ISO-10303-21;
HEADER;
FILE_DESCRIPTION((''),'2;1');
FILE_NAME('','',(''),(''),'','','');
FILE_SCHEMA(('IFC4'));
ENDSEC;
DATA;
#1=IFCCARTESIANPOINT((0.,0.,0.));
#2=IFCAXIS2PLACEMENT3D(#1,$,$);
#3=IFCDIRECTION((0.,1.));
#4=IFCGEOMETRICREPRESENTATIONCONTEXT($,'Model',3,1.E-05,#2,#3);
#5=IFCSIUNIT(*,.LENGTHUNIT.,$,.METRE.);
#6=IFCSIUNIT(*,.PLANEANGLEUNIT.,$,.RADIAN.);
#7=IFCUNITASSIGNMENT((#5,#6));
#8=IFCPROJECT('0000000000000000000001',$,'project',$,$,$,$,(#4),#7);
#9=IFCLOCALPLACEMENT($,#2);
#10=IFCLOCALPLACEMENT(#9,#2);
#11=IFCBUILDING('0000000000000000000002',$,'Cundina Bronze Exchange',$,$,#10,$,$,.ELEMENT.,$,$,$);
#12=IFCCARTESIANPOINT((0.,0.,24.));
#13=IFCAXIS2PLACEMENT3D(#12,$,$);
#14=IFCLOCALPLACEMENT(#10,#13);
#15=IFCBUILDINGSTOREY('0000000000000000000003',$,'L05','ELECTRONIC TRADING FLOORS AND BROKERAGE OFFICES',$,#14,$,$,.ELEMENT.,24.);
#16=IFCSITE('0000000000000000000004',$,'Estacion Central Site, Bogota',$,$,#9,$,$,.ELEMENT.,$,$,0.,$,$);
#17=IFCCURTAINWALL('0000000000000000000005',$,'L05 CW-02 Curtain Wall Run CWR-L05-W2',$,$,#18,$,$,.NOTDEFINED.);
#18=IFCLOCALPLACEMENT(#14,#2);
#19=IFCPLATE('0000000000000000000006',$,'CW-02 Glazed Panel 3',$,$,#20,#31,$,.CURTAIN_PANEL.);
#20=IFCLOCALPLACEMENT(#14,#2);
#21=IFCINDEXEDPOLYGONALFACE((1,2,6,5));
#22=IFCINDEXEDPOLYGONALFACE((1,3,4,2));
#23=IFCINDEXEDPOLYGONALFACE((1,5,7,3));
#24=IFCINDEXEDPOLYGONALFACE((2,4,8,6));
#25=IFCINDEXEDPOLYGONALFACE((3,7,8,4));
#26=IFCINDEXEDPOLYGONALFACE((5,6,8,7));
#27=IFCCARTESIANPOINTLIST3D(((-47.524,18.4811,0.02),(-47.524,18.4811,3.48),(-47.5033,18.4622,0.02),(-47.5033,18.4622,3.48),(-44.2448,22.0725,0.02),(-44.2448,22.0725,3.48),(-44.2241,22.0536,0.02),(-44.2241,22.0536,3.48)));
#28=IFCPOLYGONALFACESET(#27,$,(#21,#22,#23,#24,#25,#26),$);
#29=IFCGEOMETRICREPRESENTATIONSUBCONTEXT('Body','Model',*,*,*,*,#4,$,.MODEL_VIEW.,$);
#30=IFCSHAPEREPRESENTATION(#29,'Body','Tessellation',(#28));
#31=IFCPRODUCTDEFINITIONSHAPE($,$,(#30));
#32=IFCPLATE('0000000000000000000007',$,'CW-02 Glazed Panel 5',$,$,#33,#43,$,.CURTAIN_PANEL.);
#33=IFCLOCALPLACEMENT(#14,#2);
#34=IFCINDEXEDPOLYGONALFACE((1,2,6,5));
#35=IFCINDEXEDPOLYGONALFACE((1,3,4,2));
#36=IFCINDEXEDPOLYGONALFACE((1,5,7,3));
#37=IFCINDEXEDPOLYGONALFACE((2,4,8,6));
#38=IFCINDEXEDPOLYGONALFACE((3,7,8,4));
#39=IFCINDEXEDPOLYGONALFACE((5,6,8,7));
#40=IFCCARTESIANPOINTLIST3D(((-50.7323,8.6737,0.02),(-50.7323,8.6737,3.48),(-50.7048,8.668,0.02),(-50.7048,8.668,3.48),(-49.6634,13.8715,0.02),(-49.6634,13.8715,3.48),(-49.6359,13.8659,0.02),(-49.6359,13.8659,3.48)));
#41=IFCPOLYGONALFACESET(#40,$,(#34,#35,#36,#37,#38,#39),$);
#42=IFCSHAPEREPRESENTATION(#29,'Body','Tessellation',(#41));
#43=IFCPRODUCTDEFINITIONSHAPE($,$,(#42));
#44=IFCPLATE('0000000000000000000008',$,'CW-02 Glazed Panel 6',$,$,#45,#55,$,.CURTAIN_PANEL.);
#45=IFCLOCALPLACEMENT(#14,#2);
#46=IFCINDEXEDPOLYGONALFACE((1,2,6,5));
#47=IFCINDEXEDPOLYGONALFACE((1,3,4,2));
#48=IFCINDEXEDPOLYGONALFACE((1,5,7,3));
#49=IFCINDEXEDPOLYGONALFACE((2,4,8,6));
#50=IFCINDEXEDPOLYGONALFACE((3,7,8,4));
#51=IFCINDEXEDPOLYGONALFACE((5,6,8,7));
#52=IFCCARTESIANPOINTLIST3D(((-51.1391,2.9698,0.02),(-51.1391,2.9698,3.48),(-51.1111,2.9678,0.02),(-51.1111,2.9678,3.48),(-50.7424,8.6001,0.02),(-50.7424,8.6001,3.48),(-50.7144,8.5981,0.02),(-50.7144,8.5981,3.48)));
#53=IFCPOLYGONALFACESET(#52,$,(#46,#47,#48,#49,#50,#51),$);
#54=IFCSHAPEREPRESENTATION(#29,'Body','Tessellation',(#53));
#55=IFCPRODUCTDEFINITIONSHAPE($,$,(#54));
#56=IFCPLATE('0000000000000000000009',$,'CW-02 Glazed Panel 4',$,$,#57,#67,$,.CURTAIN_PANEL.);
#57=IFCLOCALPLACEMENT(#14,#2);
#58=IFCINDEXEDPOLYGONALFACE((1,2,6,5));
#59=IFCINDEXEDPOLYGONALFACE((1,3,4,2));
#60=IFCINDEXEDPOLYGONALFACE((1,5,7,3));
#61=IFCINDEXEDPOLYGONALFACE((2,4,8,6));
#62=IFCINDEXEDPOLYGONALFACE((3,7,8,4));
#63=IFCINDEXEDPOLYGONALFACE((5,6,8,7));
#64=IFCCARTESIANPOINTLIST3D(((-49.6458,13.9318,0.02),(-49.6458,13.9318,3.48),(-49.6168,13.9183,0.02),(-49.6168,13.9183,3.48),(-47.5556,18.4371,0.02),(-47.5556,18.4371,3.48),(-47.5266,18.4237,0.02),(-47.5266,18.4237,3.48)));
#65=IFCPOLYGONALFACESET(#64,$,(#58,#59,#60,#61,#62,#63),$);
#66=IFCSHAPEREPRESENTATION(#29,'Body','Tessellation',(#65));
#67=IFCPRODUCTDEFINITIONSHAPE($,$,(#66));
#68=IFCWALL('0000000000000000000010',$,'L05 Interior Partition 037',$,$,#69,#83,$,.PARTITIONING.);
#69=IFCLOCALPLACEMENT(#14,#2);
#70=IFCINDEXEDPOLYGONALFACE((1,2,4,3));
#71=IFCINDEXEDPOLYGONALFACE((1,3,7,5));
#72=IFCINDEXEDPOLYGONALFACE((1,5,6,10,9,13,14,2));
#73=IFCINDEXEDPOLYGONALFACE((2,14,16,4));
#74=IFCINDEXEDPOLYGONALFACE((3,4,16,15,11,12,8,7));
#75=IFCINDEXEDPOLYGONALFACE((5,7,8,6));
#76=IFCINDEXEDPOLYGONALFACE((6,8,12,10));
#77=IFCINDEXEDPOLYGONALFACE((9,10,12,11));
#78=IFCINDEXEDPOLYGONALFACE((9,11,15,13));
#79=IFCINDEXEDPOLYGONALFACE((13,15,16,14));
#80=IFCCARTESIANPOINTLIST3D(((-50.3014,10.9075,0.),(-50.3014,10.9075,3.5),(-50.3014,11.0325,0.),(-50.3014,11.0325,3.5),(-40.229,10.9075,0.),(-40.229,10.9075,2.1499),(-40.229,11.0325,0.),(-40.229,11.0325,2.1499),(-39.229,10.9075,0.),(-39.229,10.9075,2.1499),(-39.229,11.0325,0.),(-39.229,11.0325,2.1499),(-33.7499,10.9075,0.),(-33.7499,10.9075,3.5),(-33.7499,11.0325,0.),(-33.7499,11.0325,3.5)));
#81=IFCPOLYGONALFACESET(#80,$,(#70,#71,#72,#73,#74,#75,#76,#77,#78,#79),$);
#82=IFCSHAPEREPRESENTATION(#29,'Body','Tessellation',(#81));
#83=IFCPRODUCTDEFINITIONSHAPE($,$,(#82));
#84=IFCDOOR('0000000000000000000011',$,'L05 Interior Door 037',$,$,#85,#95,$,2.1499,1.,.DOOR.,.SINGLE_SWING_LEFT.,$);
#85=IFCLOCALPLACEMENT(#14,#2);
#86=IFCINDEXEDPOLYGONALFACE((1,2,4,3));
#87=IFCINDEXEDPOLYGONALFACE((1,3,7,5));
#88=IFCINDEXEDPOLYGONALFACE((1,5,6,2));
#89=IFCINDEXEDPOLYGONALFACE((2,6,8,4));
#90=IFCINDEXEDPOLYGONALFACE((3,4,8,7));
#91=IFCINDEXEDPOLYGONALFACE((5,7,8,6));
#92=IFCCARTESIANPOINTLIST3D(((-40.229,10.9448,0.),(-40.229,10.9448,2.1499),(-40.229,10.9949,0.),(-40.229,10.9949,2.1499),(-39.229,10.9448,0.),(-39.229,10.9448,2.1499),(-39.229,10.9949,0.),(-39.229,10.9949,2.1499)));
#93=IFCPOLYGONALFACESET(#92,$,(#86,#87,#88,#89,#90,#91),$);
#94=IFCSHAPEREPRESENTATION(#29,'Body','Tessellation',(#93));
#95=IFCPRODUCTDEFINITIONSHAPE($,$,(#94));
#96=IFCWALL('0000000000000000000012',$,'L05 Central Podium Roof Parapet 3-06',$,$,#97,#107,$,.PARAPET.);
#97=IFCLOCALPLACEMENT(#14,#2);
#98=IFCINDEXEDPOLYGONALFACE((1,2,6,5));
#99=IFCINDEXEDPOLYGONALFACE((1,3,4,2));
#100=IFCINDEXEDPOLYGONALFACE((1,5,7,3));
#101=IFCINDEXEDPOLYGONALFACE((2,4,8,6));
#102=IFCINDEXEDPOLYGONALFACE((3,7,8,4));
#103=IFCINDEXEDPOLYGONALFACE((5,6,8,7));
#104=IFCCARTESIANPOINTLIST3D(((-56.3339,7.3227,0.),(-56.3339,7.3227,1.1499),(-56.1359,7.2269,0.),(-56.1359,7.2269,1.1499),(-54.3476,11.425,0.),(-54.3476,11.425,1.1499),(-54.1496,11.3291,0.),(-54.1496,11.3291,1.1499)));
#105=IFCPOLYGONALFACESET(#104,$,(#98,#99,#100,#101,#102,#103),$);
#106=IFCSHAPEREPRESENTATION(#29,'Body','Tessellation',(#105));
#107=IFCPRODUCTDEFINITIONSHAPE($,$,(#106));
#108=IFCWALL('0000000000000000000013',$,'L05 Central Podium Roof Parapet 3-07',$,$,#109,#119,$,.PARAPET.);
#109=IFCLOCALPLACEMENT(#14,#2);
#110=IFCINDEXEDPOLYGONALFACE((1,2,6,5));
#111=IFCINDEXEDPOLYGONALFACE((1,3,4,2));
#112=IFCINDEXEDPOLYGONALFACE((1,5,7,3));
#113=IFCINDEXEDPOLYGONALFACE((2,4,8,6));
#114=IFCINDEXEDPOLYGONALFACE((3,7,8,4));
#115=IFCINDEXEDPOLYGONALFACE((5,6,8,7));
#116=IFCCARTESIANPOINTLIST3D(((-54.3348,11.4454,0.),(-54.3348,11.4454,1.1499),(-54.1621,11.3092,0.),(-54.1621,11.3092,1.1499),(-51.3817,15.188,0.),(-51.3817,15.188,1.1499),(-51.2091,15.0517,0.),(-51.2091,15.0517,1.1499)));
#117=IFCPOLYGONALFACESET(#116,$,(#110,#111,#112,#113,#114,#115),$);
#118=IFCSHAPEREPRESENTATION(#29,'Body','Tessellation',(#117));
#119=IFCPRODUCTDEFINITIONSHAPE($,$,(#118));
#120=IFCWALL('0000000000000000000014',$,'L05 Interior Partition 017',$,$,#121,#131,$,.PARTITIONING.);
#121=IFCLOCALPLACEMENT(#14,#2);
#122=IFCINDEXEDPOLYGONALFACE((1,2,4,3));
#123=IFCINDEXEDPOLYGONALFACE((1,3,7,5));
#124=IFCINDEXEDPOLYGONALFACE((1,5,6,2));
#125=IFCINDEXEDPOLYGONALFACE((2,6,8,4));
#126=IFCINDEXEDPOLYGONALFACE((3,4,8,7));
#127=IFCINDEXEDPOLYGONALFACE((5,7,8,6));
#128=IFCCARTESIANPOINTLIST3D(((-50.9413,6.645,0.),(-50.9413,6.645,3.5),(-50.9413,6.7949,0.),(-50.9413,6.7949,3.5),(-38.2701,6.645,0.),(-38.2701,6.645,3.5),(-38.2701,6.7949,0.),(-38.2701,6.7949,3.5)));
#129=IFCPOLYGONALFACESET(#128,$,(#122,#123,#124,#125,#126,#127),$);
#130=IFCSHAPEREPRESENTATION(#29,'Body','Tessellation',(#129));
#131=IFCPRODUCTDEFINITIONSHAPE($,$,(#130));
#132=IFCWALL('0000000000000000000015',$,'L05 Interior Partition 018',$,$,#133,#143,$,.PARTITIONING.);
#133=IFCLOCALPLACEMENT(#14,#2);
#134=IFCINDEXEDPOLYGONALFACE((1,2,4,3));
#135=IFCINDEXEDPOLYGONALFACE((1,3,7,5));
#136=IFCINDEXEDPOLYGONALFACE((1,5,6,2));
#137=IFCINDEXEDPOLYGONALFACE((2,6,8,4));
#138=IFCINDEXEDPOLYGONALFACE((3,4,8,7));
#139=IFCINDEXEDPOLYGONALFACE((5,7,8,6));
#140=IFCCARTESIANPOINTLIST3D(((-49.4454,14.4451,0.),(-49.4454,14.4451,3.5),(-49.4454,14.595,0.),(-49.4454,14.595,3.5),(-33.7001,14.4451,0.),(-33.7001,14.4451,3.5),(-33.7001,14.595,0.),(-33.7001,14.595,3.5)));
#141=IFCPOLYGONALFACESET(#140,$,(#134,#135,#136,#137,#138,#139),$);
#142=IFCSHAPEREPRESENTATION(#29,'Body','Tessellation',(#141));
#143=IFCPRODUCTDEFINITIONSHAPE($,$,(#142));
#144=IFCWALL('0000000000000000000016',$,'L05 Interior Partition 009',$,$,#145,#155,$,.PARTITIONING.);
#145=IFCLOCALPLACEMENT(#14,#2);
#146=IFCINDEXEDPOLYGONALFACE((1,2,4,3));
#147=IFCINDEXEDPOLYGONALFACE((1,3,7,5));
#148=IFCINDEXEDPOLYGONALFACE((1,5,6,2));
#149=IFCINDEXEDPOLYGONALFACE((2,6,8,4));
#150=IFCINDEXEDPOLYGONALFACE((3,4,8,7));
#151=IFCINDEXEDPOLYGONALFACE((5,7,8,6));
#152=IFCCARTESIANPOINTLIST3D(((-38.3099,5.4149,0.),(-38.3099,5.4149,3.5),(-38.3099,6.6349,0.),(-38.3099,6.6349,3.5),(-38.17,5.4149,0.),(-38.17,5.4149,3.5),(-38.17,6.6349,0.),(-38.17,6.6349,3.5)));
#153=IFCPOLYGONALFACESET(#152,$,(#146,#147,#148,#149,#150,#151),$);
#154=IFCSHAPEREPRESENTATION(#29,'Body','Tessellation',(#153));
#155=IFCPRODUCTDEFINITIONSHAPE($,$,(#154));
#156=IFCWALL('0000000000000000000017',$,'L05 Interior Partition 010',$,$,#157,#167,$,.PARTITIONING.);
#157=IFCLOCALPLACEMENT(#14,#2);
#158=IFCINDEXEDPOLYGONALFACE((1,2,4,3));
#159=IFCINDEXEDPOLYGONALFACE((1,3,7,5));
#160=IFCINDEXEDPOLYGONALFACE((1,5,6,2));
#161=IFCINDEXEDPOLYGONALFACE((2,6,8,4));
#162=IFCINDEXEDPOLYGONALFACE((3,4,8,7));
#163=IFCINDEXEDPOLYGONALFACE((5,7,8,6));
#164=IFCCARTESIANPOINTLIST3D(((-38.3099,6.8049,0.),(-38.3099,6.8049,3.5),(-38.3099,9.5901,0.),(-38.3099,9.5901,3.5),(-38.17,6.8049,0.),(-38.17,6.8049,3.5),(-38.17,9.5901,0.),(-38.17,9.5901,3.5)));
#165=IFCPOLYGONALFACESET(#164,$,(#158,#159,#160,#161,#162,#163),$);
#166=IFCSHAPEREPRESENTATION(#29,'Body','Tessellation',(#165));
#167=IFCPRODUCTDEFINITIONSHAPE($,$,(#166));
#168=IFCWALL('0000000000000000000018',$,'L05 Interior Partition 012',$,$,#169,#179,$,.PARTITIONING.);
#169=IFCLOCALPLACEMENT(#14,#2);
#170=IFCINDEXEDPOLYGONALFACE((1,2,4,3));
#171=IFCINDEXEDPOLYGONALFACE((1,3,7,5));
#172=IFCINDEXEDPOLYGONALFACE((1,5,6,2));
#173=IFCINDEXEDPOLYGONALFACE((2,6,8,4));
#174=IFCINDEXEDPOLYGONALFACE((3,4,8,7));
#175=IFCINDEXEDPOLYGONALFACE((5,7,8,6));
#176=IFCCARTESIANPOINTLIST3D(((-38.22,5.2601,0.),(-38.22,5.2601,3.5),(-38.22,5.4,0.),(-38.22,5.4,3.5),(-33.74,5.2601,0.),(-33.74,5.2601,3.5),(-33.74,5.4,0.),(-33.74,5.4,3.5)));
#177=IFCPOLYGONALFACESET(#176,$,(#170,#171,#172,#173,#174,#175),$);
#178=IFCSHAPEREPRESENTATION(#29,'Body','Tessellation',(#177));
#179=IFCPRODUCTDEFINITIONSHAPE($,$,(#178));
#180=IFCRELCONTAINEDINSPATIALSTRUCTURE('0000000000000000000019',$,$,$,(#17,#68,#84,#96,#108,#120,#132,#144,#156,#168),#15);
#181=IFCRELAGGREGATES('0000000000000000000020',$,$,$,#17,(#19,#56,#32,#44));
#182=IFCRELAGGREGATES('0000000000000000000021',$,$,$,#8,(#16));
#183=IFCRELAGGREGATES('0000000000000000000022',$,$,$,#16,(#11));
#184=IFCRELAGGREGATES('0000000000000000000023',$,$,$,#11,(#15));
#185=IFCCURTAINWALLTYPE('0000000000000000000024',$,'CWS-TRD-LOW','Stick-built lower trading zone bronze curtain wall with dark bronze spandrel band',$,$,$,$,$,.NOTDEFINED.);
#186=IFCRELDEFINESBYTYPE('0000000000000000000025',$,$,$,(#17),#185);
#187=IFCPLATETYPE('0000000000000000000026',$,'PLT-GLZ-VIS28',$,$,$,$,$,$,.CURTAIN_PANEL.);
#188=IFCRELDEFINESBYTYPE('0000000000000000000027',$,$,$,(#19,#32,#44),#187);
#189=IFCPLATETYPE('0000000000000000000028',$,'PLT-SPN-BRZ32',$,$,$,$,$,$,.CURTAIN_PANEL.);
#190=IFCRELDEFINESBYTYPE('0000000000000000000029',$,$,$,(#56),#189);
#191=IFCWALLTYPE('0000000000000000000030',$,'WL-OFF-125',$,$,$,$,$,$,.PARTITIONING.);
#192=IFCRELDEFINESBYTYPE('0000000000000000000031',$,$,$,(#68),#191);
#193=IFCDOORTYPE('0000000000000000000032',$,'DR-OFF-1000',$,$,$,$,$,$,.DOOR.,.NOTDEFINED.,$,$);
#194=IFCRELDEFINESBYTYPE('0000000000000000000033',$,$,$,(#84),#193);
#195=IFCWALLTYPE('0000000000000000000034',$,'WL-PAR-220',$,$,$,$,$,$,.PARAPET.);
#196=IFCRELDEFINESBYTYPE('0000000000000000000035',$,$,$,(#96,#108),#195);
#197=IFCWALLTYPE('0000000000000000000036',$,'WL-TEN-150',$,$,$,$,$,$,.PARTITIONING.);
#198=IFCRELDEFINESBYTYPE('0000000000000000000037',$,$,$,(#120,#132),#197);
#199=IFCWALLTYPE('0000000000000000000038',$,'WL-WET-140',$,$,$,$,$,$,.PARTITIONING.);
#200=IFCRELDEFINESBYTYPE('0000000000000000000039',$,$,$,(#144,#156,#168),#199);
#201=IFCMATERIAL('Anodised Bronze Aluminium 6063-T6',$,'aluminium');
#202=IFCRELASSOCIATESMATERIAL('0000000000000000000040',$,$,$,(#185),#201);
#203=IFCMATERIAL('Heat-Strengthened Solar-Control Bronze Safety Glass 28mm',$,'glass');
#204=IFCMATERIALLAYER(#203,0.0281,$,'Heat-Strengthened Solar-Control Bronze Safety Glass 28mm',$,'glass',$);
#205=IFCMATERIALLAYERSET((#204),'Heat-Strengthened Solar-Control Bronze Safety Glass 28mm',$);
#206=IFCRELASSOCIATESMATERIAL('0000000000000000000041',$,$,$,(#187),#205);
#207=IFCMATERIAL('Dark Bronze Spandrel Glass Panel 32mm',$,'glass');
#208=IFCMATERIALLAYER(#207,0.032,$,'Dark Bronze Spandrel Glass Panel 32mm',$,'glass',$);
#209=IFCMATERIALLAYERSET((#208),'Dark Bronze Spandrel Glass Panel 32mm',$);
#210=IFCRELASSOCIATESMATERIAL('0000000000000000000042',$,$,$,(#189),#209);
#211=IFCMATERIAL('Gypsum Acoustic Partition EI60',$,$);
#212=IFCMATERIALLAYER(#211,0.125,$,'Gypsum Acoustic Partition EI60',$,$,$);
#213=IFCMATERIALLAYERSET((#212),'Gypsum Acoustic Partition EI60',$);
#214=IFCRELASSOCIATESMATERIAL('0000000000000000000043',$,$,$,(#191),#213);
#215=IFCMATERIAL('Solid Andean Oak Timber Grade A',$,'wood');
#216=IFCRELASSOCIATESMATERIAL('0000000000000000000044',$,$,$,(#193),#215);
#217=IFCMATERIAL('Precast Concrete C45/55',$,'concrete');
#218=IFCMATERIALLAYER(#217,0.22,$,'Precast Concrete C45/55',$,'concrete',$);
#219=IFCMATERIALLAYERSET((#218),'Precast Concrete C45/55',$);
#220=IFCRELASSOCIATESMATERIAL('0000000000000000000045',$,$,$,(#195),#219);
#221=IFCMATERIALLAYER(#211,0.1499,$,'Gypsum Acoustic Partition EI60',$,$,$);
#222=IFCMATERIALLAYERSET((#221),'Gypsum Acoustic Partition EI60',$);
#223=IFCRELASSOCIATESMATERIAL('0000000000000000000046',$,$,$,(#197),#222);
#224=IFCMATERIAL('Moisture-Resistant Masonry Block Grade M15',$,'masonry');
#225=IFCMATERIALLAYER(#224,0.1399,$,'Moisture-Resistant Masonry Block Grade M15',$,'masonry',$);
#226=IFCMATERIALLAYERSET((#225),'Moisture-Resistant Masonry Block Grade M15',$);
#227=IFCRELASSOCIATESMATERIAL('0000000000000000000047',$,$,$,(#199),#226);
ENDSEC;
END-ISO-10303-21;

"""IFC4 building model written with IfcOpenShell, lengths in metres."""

from ifc_helpers import new_model, si_unit, direction, frame, frame_2d, origin, origin_2d, place, context, subcontext, project, spatial, rectangle, extrude, material, layer, layer_set, type_object, element, fill, aggregate, save


model = new_model("IFC4")

# Units and contexts
model_context = context("Model", 3, precision=1e-05, world=origin(), true_north=direction((0.0, 1.0)))
body_context = subcontext(model_context, "Body", "Model", "MODEL_VIEW")
ifc_project = project(units=[si_unit("LENGTHUNIT", "METRE"), si_unit("PLANEANGLEUNIT", "RADIAN")], contexts=[model_context])

# Site, building, storey
site_placement = place(None, origin())
site = spatial("IfcSite", under=ifc_project, at=site_placement, Name="Estacion Central Site, Bogota", CompositionType="ELEMENT", RefElevation=0.0)
building_placement = place(site_placement, origin())
building = spatial("IfcBuilding", under=site, at=building_placement, Name="Cundina Bronze Exchange", CompositionType="ELEMENT")
storey_placement = place(building_placement, frame((0.0, 0.0, 24.0)))
storey = spatial("IfcBuildingStorey", under=building, at=storey_placement, Name="L05", Description="ELECTRONIC TRADING FLOORS AND BROKERAGE OFFICES", CompositionType="ELEMENT", Elevation=24.0)

# Curtain wall, plates
ifc_material_1 = material(Name="Anodised Bronze Aluminium 6063-T6", Category="aluminium")
curtain_wall_type = type_object("IfcCurtainWallType", Name="CWS-TRD-LOW", Description="Stick-built lower trading zone bronze curtain wall with dark bronze spandrel band", PredefinedType="NOTDEFINED", material=ifc_material_1)
curtain_wall_placement = place(storey_placement, origin())
curtain_wall = element("IfcCurtainWall", 1, at=curtain_wall_placement, inside=storey, type_object=curtain_wall_type, Name="L05 CW-02 Curtain Wall Run CWR-L05-W2", PredefinedType="NOTDEFINED")
ifc_material_2 = material(Name="Heat-Strengthened Solar-Control Bronze Safety Glass 28mm", Category="glass")
ifc_layer_1 = layer(ifc_material_2, 0.0281, Name="Heat-Strengthened Solar-Control Bronze Safety Glass 28mm", Category="glass")
ifc_layer_set_1 = layer_set([ifc_layer_1], Name="Heat-Strengthened Solar-Control Bronze Safety Glass 28mm")
plate_type_1 = type_object("IfcPlateType", Name="PLT-GLZ-VIS28", PredefinedType="CURTAIN_PANEL", material=ifc_layer_set_1)
plate_1_placement = place(storey_placement, frame((-45.874, 20.2673, 0.02), z_axis=(0.0, 0.0, 1.0), x_axis=(-0.674277, -0.738479, 0.0)))
plate_1 = element("IfcPlate", 2, at=plate_1_placement, type_object=plate_type_1, Name="CW-02 Glazed Panel 3", PredefinedType="CURTAIN_PANEL", context=body_context, shape_type="SweptSolid", body=[
    extrude(rectangle(XDim=4.8633, YDim=0.0281, at=origin_2d()), origin(), (0.0, 0.0, 1.0), 3.46),
])
plate_2_placement = place(storey_placement, frame((-50.1841, 11.2698, 0.02), z_axis=(0.0, 0.0, 1.0), x_axis=(-0.20142, -0.979505, 0.0)))
plate_2 = element("IfcPlate", 3, at=plate_2_placement, type_object=plate_type_1, Name="CW-02 Glazed Panel 5", PredefinedType="CURTAIN_PANEL", context=body_context, shape_type="SweptSolid", body=[
    extrude(rectangle(XDim=5.3066, YDim=0.0281, at=origin_2d()), origin(), (0.0, 0.0, 1.0), 3.46),
])
plate_3_placement = place(storey_placement, frame((-50.9268, 5.7839, 0.02), z_axis=(0.0, 0.0, 1.0), x_axis=(-0.070279, -0.997527, 0.0)))
plate_3 = element("IfcPlate", 4, at=plate_3_placement, type_object=plate_type_1, Name="CW-02 Glazed Panel 6", PredefinedType="CURTAIN_PANEL", context=body_context, shape_type="SweptSolid", body=[
    extrude(rectangle(XDim=5.6443, YDim=0.0281, at=origin_2d()), origin(), (0.0, 0.0, 1.0), 3.46),
])
ifc_material_3 = material(Name="Dark Bronze Spandrel Glass Panel 32mm", Category="glass")
ifc_layer_2 = layer(ifc_material_3, 0.032, Name="Dark Bronze Spandrel Glass Panel 32mm", Category="glass")
ifc_layer_set_2 = layer_set([ifc_layer_2], Name="Dark Bronze Spandrel Glass Panel 32mm")
plate_type_2 = type_object("IfcPlateType", Name="PLT-SPN-BRZ32", PredefinedType="CURTAIN_PANEL", material=ifc_layer_set_2)
plate_4_placement = place(storey_placement, frame((-48.5862, 16.1777, 0.02), z_axis=(0.0, 0.0, 1.0), x_axis=(-0.420846, -0.907132, 0.0)))
plate_4 = element("IfcPlate", 5, at=plate_4_placement, type_object=plate_type_2, Name="CW-02 Glazed Panel 4", PredefinedType="CURTAIN_PANEL", context=body_context, shape_type="SweptSolid", body=[
    extrude(rectangle(XDim=4.9666, YDim=0.032, at=origin_2d()), origin(), (0.0, 0.0, 1.0), 3.46),
])
aggregate(curtain_wall, [plate_1, plate_4, plate_2, plate_3])

# Wall, opening, door
ifc_material_4 = material(Name="Gypsum Acoustic Partition EI60")
ifc_layer_3 = layer(ifc_material_4, 0.125, Name="Gypsum Acoustic Partition EI60")
ifc_layer_set_3 = layer_set([ifc_layer_3], Name="Gypsum Acoustic Partition EI60")
wall_type_1 = type_object("IfcWallType", Name="WL-OFF-125", PredefinedType="PARTITIONING", material=ifc_layer_set_3)
wall_1_placement = place(storey_placement, frame((-50.3015, 10.97, 0.0), z_axis=(0.0, 0.0, 1.0), x_axis=(1.0, 0.0, 0.0)))
wall_1 = element("IfcWall", 6, at=wall_1_placement, inside=storey, type_object=wall_type_1, Name="L05 Interior Partition 037", PredefinedType="PARTITIONING", context=body_context, shape_type="SweptSolid", body=[
    extrude(rectangle(XDim=16.5515, YDim=0.125, at=frame_2d((8.2759, 0.0))), origin(), (0.0, 0.0, 1.0), 3.5),
])
opening_placement = place(wall_1_placement, frame((10.0725, 0.0, 0.0)))
opening = element("IfcOpeningElement", 7, at=opening_placement, cuts=wall_1, PredefinedType="OPENING", context=body_context, shape_type="SweptSolid", body=[
    extrude(rectangle(XDim=1.0, YDim=2.1499, at=frame_2d((0.5, 1.075))), frame((0.0, 0.0725, 0.0), z_axis=(0.0, -1.0, 0.0), x_axis=(1.0, 0.0, 0.0)), (0.0, 0.0, 1.0), 0.145),
])
ifc_material_5 = material(Name="Solid Andean Oak Timber Grade A", Category="wood")
door_type = type_object("IfcDoorType", Name="DR-OFF-1000", OperationType="NOTDEFINED", PredefinedType="DOOR", material=ifc_material_5)
door_placement = place(opening_placement, origin())
door = element("IfcDoor", 8, at=door_placement, inside=storey, type_object=door_type, Name="L05 Interior Door 037", OperationType="SINGLE_SWING_LEFT", OverallHeight=2.1499, OverallWidth=1.0, PredefinedType="DOOR", context=body_context, shape_type="SweptSolid", body=[
    extrude(rectangle(XDim=1.0, YDim=2.1499, at=frame_2d((0.5, 1.075))), frame((0.0, 0.0249, 0.0), z_axis=(0.0, -1.0, 0.0), x_axis=(1.0, 0.0, 0.0)), (0.0, 0.0, 1.0), 0.05),
])
fill(opening, door)

# Walls
ifc_material_6 = material(Name="Precast Concrete C45/55", Category="concrete")
ifc_layer_4 = layer(ifc_material_6, 0.22, Name="Precast Concrete C45/55", Category="concrete")
ifc_layer_set_4 = layer_set([ifc_layer_4], Name="Precast Concrete C45/55")
wall_type_2 = type_object("IfcWallType", Name="WL-PAR-220", PredefinedType="PARAPET", material=ifc_layer_set_4)
wall_2_placement = place(storey_placement, frame((-56.2349, 7.2749, 0.0), z_axis=(0.0, 0.0, 1.0), x_axis=(0.4358, 0.900043, 0.0)))
element("IfcWall", 9, at=wall_2_placement, inside=storey, type_object=wall_type_2, Name="L05 Central Podium Roof Parapet 3-06", PredefinedType="PARAPET", context=body_context, shape_type="SweptSolid", body=[
    extrude(rectangle(XDim=4.5579, YDim=0.22, at=frame_2d((2.2788, 0.0))), origin(), (0.0, 0.0, 1.0), 1.1499),
])
wall_3_placement = place(storey_placement, frame((-54.2485, 11.3772, 0.0), z_axis=(0.0, 0.0, 1.0), x_axis=(0.619435, 0.785048, 0.0)))
element("IfcWall", 10, at=wall_3_placement, inside=storey, type_object=wall_type_2, Name="L05 Central Podium Roof Parapet 3-07", PredefinedType="PARAPET", context=body_context, shape_type="SweptSolid", body=[
    extrude(rectangle(XDim=4.7673, YDim=0.22, at=frame_2d((2.3838, 0.0))), origin(), (0.0, 0.0, 1.0), 1.1499),
])
ifc_layer_5 = layer(ifc_material_4, 0.1499, Name="Gypsum Acoustic Partition EI60")
ifc_layer_set_5 = layer_set([ifc_layer_5], Name="Gypsum Acoustic Partition EI60")
wall_type_3 = type_object("IfcWallType", Name="WL-TEN-150", PredefinedType="PARTITIONING", material=ifc_layer_set_5)
wall_4_placement = place(storey_placement, frame((-50.9412, 6.72, 0.0), z_axis=(0.0, 0.0, 1.0), x_axis=(1.0, 0.0, 0.0)))
element("IfcWall", 11, at=wall_4_placement, inside=storey, type_object=wall_type_3, Name="L05 Interior Partition 017", PredefinedType="PARTITIONING", context=body_context, shape_type="SweptSolid", body=[
    extrude(rectangle(XDim=12.6711, YDim=0.1499, at=frame_2d((6.3354, 0.0))), origin(), (0.0, 0.0, 1.0), 3.5),
])
wall_5_placement = place(storey_placement, frame((-49.4453, 14.52, 0.0), z_axis=(0.0, 0.0, 1.0), x_axis=(1.0, 0.0, 0.0)))
element("IfcWall", 12, at=wall_5_placement, inside=storey, type_object=wall_type_3, Name="L05 Interior Partition 018", PredefinedType="PARTITIONING", context=body_context, shape_type="SweptSolid", body=[
    extrude(rectangle(XDim=15.7454, YDim=0.1499, at=frame_2d((7.8726, 0.0))), origin(), (0.0, 0.0, 1.0), 3.5),
])
ifc_material_7 = material(Name="Moisture-Resistant Masonry Block Grade M15", Category="masonry")
ifc_layer_6 = layer(ifc_material_7, 0.1399, Name="Moisture-Resistant Masonry Block Grade M15", Category="masonry")
ifc_layer_set_6 = layer_set([ifc_layer_6], Name="Moisture-Resistant Masonry Block Grade M15")
wall_type_4 = type_object("IfcWallType", Name="WL-WET-140", PredefinedType="PARTITIONING", material=ifc_layer_set_6)
wall_6_placement = place(storey_placement, frame((-38.24, 5.415, 0.0), z_axis=(0.0, 0.0, 1.0), x_axis=(0.0, 1.0, 0.0)))
element("IfcWall", 13, at=wall_6_placement, inside=storey, type_object=wall_type_4, Name="L05 Interior Partition 009", PredefinedType="PARTITIONING", context=body_context, shape_type="SweptSolid", body=[
    extrude(rectangle(XDim=1.22, YDim=0.1399, at=frame_2d((0.6099, 0.0))), origin(), (0.0, 0.0, 1.0), 3.5),
])
wall_7_placement = place(storey_placement, frame((-38.24, 6.8049, 0.0), z_axis=(0.0, 0.0, 1.0), x_axis=(0.0, 1.0, 0.0)))
element("IfcWall", 14, at=wall_7_placement, inside=storey, type_object=wall_type_4, Name="L05 Interior Partition 010", PredefinedType="PARTITIONING", context=body_context, shape_type="SweptSolid", body=[
    extrude(rectangle(XDim=2.7852, YDim=0.1399, at=frame_2d((1.3926, 0.0))), origin(), (0.0, 0.0, 1.0), 3.5),
])
for number, where, z_axis, x_axis, name in (
    (15, (-38.22, 5.3301, 0.0), (0.0, 0.0, 1.0), (1.0, 0.0, 0.0), "L05 Interior Partition 012"),
):
    element("IfcWall", number, at=place(storey_placement, frame(where, z_axis=z_axis, x_axis=x_axis)), inside=storey, type_object=wall_type_4, Name=name, PredefinedType="PARTITIONING", context=body_context, shape_type="SweptSolid", body=[
        extrude(rectangle(XDim=4.48, YDim=0.1399, at=frame_2d((2.24, 0.0))), origin(), (0.0, 0.0, 1.0), 3.5),
    ])

save(model, "model.ifc")
